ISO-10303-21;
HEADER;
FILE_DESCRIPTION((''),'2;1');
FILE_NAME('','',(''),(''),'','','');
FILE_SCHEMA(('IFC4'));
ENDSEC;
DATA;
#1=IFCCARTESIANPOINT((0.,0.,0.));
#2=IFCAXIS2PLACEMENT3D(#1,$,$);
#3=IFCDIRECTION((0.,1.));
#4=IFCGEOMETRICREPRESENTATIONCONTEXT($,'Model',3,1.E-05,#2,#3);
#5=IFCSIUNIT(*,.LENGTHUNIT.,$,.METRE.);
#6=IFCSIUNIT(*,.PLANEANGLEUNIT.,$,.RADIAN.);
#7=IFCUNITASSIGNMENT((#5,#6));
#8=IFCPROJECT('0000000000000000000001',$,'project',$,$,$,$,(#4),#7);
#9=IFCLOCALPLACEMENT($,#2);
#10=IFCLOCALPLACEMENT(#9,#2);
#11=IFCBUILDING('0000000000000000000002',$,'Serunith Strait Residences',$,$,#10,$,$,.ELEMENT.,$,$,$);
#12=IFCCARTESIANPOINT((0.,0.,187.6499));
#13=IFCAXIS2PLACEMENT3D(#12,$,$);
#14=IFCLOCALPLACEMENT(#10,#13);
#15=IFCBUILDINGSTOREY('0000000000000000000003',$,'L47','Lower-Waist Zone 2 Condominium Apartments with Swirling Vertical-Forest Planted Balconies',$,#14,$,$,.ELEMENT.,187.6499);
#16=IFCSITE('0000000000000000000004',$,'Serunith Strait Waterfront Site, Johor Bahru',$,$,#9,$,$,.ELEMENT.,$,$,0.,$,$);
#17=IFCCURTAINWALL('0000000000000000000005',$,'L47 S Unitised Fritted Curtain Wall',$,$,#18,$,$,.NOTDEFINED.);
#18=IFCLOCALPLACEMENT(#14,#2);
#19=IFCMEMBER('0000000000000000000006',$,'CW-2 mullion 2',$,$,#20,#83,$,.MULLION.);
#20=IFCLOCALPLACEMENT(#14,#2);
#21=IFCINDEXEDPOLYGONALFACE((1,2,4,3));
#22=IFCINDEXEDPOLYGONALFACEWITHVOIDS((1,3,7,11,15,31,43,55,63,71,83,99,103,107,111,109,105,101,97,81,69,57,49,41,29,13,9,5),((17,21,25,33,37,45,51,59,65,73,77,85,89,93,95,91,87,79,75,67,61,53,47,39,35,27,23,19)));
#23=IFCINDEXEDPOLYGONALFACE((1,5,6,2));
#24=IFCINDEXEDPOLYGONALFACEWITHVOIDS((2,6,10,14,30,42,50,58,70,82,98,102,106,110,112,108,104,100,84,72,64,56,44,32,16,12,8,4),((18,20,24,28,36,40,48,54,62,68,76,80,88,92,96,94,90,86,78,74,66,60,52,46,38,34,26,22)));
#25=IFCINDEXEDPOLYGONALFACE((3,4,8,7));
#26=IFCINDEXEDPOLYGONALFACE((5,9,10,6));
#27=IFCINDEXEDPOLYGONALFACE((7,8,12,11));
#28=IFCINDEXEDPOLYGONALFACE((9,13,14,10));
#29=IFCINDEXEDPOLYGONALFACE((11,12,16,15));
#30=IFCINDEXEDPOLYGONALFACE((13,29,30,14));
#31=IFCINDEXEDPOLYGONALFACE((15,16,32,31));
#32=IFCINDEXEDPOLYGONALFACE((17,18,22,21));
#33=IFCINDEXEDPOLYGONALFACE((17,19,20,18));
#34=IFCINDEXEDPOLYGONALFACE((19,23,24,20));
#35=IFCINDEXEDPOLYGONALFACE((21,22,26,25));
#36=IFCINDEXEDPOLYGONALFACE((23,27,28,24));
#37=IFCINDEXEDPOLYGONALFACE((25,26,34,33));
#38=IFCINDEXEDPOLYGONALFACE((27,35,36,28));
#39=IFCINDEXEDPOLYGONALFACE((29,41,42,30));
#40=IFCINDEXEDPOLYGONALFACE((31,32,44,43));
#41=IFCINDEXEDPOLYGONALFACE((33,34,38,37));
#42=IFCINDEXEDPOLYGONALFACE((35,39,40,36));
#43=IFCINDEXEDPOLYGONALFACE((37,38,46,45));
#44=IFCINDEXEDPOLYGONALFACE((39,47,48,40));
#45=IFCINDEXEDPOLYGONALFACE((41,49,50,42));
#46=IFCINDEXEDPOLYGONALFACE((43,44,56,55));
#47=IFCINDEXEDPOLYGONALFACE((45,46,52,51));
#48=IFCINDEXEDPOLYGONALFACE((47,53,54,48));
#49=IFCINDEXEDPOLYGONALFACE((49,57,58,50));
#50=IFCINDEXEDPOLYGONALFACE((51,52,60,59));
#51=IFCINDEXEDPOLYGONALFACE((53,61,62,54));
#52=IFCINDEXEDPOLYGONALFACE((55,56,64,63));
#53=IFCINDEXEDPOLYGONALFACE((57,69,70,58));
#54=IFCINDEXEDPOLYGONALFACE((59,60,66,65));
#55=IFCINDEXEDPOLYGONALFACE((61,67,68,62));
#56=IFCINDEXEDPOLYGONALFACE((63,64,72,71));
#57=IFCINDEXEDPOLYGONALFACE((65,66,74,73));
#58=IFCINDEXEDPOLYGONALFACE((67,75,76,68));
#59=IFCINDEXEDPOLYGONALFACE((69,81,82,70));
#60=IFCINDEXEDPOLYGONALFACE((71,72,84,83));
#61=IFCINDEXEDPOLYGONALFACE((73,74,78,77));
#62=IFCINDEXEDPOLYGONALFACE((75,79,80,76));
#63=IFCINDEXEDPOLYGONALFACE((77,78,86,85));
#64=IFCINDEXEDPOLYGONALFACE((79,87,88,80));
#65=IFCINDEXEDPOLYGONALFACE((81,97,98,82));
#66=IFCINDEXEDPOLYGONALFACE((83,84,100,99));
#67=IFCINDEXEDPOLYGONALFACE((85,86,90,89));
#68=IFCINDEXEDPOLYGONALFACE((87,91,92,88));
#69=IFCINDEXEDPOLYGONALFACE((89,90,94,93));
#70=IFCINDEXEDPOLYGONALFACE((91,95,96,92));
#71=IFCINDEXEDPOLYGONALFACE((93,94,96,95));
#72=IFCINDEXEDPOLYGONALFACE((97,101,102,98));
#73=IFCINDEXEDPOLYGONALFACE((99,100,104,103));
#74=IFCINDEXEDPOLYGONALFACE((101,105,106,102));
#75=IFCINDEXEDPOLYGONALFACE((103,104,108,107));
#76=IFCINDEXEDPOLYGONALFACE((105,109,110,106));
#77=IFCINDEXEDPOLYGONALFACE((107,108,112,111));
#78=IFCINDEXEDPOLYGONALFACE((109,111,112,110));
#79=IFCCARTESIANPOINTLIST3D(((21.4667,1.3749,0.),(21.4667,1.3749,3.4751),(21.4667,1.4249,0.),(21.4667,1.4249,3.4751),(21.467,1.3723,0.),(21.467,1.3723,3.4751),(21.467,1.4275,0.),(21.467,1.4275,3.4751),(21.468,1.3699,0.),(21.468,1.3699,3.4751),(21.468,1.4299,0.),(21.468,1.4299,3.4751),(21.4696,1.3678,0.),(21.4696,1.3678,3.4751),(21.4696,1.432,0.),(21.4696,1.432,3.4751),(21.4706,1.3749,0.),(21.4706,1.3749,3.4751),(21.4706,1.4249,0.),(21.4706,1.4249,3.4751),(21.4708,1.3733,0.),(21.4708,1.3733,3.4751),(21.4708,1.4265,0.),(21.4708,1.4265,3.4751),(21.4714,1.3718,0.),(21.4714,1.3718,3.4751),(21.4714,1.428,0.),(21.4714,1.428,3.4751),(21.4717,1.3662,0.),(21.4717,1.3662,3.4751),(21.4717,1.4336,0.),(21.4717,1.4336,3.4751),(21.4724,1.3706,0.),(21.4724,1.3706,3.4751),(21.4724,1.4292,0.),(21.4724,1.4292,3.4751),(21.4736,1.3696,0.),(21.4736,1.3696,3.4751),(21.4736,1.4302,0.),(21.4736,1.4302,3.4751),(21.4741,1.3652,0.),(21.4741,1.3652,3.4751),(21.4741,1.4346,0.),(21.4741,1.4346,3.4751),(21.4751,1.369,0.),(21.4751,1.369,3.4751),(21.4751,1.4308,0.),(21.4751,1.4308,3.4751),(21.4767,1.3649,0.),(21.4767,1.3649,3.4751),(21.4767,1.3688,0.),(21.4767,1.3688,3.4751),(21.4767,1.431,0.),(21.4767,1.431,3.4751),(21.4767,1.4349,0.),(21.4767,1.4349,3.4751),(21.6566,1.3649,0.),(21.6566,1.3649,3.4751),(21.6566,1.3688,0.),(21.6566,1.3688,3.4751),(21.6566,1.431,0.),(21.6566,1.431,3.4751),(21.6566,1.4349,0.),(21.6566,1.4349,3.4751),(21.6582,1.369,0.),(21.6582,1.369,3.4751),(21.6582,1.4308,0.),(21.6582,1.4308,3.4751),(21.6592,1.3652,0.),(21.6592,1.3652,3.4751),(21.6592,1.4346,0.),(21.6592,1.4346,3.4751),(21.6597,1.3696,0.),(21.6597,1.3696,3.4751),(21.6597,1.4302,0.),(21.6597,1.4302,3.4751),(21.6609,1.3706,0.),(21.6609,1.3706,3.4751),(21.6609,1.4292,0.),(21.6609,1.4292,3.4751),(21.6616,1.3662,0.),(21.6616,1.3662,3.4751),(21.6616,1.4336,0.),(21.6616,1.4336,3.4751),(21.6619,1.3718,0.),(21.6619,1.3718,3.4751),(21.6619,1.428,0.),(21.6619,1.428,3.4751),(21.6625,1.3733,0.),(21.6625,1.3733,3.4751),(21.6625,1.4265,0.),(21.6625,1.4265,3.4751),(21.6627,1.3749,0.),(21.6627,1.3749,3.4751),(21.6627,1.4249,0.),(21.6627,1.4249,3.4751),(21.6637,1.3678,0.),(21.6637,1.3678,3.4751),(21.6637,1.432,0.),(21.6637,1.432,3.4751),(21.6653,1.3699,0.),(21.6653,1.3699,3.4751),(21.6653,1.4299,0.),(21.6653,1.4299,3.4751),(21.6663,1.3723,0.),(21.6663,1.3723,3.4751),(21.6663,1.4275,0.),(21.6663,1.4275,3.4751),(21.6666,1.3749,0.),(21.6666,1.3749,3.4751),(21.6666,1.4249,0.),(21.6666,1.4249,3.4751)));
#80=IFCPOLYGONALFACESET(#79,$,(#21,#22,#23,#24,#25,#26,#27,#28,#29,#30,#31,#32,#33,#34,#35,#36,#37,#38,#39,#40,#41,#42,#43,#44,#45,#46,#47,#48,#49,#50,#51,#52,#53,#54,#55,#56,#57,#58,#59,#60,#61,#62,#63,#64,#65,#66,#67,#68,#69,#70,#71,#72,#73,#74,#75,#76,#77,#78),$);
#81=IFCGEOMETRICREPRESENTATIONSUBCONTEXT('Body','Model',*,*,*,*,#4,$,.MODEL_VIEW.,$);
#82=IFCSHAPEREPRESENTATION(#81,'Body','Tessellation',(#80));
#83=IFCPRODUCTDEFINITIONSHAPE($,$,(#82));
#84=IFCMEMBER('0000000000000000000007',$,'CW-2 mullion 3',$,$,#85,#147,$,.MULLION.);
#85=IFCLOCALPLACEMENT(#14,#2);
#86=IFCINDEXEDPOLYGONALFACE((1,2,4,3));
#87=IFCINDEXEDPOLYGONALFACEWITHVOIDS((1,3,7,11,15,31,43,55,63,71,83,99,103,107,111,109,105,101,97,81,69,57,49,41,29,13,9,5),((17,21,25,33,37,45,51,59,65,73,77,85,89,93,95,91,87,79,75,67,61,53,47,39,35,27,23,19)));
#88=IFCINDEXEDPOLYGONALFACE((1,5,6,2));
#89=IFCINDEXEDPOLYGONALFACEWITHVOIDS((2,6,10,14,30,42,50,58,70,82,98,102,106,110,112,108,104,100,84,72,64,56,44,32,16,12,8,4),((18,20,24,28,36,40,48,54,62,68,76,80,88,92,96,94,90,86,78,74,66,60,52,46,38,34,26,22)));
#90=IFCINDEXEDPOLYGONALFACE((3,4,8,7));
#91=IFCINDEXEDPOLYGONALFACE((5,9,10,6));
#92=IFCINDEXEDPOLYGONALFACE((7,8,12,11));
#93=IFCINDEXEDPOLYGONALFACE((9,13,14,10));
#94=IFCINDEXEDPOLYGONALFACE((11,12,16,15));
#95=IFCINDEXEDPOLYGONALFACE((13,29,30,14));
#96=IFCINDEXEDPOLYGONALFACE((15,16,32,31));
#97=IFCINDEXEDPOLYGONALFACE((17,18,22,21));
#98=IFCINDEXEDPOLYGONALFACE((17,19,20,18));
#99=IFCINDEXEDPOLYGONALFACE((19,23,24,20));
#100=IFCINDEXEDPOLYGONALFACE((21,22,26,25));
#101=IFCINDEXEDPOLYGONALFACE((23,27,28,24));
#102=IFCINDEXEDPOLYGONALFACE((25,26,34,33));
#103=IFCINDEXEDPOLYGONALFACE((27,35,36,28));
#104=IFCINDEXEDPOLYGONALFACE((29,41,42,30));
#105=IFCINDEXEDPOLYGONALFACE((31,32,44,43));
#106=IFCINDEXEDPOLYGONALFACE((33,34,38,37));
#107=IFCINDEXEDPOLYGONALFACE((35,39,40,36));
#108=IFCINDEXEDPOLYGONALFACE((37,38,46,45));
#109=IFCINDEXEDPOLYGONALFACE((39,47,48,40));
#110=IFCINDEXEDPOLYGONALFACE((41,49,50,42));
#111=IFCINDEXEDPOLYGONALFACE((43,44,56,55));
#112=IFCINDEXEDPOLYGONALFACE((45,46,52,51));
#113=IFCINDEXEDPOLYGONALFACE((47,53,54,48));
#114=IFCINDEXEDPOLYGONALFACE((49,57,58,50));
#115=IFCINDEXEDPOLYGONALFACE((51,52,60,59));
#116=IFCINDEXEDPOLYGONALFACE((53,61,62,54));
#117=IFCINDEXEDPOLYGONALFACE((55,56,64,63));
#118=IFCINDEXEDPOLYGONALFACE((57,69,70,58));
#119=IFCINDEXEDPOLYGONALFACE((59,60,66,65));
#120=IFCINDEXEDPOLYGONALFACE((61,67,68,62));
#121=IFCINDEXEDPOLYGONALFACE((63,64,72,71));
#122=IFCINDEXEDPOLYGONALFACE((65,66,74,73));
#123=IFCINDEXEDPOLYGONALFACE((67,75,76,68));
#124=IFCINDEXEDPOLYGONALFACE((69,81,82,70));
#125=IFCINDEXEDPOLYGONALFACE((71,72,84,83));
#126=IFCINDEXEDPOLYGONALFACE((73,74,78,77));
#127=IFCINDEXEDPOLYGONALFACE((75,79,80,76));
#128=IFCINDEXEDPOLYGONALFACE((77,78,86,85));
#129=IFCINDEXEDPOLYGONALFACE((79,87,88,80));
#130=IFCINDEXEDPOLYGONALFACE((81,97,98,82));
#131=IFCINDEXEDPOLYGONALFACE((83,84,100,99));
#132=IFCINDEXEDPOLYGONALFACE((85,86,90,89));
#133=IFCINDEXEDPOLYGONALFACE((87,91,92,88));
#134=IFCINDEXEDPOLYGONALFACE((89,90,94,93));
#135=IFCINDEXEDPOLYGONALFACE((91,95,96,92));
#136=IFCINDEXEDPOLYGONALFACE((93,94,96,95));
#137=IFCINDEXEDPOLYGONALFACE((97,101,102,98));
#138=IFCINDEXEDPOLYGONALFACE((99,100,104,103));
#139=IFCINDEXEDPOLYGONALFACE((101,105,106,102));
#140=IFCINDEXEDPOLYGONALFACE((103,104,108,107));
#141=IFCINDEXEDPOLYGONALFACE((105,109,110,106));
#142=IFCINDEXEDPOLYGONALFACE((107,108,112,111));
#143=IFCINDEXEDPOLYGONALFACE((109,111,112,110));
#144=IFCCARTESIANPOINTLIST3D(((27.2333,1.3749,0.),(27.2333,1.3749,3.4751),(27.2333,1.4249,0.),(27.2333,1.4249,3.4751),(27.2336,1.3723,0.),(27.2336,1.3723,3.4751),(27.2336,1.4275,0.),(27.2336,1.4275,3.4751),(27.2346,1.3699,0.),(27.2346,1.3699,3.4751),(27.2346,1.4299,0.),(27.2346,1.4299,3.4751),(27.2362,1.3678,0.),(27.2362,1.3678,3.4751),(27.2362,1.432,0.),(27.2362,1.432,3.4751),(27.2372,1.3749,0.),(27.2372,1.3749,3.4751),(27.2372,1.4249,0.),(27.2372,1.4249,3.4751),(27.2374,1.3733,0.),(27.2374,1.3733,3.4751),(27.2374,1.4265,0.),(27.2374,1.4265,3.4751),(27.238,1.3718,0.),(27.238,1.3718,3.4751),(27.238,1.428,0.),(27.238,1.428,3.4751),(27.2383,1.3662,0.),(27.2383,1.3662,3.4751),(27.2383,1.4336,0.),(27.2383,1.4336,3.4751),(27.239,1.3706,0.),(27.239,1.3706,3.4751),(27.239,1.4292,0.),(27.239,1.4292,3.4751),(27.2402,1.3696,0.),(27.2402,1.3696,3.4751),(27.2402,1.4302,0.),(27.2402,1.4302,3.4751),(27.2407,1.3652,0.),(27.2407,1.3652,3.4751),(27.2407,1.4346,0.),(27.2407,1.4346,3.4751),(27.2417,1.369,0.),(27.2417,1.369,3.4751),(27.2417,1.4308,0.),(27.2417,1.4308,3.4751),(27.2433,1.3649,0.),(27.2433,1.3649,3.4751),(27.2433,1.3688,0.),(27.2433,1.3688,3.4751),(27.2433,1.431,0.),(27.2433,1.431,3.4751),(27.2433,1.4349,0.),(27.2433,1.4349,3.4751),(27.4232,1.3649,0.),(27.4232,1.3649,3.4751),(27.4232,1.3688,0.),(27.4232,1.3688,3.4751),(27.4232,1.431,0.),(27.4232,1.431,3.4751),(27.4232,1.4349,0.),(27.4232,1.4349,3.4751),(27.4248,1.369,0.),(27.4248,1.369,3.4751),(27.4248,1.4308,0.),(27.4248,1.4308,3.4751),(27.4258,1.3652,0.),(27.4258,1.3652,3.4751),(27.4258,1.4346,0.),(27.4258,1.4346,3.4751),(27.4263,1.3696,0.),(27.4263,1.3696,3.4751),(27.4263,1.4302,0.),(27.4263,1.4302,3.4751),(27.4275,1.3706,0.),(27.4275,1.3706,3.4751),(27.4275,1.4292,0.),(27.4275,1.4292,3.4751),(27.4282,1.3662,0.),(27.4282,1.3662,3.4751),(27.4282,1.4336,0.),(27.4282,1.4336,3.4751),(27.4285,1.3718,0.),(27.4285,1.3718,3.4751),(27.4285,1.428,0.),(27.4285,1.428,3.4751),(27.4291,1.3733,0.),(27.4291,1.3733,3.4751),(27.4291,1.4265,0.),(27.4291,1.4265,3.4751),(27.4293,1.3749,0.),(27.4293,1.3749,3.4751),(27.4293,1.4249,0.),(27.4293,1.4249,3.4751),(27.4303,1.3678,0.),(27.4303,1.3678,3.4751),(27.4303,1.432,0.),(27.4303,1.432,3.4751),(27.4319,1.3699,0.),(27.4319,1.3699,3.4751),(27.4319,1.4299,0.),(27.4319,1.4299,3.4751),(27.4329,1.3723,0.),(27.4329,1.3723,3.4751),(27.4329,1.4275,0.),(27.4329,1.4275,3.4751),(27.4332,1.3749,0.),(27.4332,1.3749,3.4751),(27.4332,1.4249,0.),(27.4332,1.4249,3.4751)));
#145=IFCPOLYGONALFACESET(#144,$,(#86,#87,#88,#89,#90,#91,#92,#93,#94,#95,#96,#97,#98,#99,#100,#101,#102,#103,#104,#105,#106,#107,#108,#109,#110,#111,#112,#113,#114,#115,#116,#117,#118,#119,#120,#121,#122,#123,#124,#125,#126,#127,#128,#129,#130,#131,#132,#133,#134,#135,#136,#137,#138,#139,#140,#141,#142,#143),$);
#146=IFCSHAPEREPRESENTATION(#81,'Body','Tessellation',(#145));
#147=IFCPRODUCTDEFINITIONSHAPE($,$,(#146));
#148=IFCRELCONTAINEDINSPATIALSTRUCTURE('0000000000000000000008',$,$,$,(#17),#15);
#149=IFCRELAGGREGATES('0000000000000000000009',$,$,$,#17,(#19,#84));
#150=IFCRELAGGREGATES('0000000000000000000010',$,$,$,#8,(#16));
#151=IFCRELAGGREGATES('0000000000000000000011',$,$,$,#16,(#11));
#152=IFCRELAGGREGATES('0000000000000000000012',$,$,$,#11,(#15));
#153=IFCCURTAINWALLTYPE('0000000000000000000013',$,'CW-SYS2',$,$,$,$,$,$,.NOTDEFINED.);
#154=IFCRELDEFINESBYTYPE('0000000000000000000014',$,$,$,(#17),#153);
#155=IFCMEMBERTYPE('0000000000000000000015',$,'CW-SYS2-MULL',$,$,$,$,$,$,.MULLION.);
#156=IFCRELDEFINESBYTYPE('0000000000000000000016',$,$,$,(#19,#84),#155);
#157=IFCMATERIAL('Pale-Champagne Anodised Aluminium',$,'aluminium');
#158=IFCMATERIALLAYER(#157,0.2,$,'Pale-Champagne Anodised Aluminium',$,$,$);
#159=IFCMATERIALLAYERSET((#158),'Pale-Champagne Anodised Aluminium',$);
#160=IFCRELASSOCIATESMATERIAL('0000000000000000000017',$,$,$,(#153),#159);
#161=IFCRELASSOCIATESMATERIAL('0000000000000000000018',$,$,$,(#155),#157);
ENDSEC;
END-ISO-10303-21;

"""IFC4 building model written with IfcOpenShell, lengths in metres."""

from ifc_helpers import new_model, si_unit, direction, frame, origin, origin_2d, place, context, subcontext, project, spatial, hollow_rectangle, extrude, source, transform, mapped, material, layer, layer_set, material_profile, profile_set, type_object, element, aggregate, save


model = new_model("IFC4")

# Units and contexts
model_context = context("Model", 3, precision=1e-05, world=origin(), true_north=direction((0.0, 1.0)))
body_context = subcontext(model_context, "Body", "Model", "MODEL_VIEW")
ifc_project = project(units=[si_unit("LENGTHUNIT", "METRE"), si_unit("PLANEANGLEUNIT", "RADIAN")], contexts=[model_context])

# Site, building, storey
site_placement = place(None, origin())
site = spatial("IfcSite", under=ifc_project, at=site_placement, Name="Serunith Strait Waterfront Site, Johor Bahru", CompositionType="ELEMENT", RefElevation=0.0)
building_placement = place(site_placement, origin())
building = spatial("IfcBuilding", under=site, at=building_placement, Name="Serunith Strait Residences", CompositionType="ELEMENT")
storey_placement = place(building_placement, frame((0.0, 0.0, 187.6499)))
storey = spatial("IfcBuildingStorey", under=building, at=storey_placement, Name="L47", Description="Lower-Waist Zone 2 Condominium Apartments with Swirling Vertical-Forest Planted Balconies", CompositionType="ELEMENT", Elevation=187.6499)

# Curtain wall, members
ifc_material_1 = material(Name="Pale-Champagne Anodised Aluminium", Category="aluminium")
ifc_layer_1 = layer(ifc_material_1, 0.2, Name="Pale-Champagne Anodised Aluminium")
ifc_layer_set_1 = layer_set([ifc_layer_1], Name="Pale-Champagne Anodised Aluminium")
curtain_wall_type = type_object("IfcCurtainWallType", Name="CW-SYS2", PredefinedType="NOTDEFINED", material=ifc_layer_set_1)
curtain_wall_placement = place(storey_placement, origin())
curtain_wall = element("IfcCurtainWall", 1, at=curtain_wall_placement, inside=storey, type_object=curtain_wall_type, Name="L47 S Unitised Fritted Curtain Wall", PredefinedType="NOTDEFINED")
ifc_material_profile_1 = material_profile(ifc_material_1, hollow_rectangle(XDim=0.0701, YDim=0.2, WallThickness=0.0039, InnerFilletRadius=0.0061, OuterFilletRadius=0.01, at=origin_2d()), Name="ALU 200x70x4")
ifc_profile_set_1 = profile_set([ifc_material_profile_1], Name="Pale-Champagne Anodised Aluminium")
member_type_1 = type_object("IfcMemberType", Name="CW-SYS2-MULL", PredefinedType="MULLION", material=ifc_profile_set_1)
shared_shape_1 = source(origin(), body_context, "Body", "SweptSolid", [
    extrude(hollow_rectangle(XDim=0.0701, YDim=0.2, WallThickness=0.0039, InnerFilletRadius=0.0061, OuterFilletRadius=0.01, at=origin_2d()), origin(), (0.0, 0.0, 1.0), 3.4751),
])
member_1_placement = place(storey_placement, frame((21.5667, 1.3999, 0.0), z_axis=(0.0, 0.0, 1.0), x_axis=(0.0, 1.0, 0.0)))
member_1 = element("IfcMember", 2, at=member_1_placement, type_object=member_type_1, Name="CW-2 mullion 2", PredefinedType="MULLION", context=body_context, shape_type="MappedRepresentation", body=[
    mapped(shared_shape_1, transform((0.0, 0.0, 0.0), scale=1.0)),
])
member_2_placement = place(storey_placement, frame((27.3333, 1.3999, 0.0), z_axis=(0.0, 0.0, 1.0), x_axis=(0.0, 1.0, 0.0)))
member_2 = element("IfcMember", 3, at=member_2_placement, type_object=member_type_1, Name="CW-2 mullion 3", PredefinedType="MULLION", context=body_context, shape_type="MappedRepresentation", body=[
    mapped(shared_shape_1, transform((0.0, 0.0, 0.0), scale=1.0)),
])
aggregate(curtain_wall, [member_1, member_2])

save(model, "model.ifc")
